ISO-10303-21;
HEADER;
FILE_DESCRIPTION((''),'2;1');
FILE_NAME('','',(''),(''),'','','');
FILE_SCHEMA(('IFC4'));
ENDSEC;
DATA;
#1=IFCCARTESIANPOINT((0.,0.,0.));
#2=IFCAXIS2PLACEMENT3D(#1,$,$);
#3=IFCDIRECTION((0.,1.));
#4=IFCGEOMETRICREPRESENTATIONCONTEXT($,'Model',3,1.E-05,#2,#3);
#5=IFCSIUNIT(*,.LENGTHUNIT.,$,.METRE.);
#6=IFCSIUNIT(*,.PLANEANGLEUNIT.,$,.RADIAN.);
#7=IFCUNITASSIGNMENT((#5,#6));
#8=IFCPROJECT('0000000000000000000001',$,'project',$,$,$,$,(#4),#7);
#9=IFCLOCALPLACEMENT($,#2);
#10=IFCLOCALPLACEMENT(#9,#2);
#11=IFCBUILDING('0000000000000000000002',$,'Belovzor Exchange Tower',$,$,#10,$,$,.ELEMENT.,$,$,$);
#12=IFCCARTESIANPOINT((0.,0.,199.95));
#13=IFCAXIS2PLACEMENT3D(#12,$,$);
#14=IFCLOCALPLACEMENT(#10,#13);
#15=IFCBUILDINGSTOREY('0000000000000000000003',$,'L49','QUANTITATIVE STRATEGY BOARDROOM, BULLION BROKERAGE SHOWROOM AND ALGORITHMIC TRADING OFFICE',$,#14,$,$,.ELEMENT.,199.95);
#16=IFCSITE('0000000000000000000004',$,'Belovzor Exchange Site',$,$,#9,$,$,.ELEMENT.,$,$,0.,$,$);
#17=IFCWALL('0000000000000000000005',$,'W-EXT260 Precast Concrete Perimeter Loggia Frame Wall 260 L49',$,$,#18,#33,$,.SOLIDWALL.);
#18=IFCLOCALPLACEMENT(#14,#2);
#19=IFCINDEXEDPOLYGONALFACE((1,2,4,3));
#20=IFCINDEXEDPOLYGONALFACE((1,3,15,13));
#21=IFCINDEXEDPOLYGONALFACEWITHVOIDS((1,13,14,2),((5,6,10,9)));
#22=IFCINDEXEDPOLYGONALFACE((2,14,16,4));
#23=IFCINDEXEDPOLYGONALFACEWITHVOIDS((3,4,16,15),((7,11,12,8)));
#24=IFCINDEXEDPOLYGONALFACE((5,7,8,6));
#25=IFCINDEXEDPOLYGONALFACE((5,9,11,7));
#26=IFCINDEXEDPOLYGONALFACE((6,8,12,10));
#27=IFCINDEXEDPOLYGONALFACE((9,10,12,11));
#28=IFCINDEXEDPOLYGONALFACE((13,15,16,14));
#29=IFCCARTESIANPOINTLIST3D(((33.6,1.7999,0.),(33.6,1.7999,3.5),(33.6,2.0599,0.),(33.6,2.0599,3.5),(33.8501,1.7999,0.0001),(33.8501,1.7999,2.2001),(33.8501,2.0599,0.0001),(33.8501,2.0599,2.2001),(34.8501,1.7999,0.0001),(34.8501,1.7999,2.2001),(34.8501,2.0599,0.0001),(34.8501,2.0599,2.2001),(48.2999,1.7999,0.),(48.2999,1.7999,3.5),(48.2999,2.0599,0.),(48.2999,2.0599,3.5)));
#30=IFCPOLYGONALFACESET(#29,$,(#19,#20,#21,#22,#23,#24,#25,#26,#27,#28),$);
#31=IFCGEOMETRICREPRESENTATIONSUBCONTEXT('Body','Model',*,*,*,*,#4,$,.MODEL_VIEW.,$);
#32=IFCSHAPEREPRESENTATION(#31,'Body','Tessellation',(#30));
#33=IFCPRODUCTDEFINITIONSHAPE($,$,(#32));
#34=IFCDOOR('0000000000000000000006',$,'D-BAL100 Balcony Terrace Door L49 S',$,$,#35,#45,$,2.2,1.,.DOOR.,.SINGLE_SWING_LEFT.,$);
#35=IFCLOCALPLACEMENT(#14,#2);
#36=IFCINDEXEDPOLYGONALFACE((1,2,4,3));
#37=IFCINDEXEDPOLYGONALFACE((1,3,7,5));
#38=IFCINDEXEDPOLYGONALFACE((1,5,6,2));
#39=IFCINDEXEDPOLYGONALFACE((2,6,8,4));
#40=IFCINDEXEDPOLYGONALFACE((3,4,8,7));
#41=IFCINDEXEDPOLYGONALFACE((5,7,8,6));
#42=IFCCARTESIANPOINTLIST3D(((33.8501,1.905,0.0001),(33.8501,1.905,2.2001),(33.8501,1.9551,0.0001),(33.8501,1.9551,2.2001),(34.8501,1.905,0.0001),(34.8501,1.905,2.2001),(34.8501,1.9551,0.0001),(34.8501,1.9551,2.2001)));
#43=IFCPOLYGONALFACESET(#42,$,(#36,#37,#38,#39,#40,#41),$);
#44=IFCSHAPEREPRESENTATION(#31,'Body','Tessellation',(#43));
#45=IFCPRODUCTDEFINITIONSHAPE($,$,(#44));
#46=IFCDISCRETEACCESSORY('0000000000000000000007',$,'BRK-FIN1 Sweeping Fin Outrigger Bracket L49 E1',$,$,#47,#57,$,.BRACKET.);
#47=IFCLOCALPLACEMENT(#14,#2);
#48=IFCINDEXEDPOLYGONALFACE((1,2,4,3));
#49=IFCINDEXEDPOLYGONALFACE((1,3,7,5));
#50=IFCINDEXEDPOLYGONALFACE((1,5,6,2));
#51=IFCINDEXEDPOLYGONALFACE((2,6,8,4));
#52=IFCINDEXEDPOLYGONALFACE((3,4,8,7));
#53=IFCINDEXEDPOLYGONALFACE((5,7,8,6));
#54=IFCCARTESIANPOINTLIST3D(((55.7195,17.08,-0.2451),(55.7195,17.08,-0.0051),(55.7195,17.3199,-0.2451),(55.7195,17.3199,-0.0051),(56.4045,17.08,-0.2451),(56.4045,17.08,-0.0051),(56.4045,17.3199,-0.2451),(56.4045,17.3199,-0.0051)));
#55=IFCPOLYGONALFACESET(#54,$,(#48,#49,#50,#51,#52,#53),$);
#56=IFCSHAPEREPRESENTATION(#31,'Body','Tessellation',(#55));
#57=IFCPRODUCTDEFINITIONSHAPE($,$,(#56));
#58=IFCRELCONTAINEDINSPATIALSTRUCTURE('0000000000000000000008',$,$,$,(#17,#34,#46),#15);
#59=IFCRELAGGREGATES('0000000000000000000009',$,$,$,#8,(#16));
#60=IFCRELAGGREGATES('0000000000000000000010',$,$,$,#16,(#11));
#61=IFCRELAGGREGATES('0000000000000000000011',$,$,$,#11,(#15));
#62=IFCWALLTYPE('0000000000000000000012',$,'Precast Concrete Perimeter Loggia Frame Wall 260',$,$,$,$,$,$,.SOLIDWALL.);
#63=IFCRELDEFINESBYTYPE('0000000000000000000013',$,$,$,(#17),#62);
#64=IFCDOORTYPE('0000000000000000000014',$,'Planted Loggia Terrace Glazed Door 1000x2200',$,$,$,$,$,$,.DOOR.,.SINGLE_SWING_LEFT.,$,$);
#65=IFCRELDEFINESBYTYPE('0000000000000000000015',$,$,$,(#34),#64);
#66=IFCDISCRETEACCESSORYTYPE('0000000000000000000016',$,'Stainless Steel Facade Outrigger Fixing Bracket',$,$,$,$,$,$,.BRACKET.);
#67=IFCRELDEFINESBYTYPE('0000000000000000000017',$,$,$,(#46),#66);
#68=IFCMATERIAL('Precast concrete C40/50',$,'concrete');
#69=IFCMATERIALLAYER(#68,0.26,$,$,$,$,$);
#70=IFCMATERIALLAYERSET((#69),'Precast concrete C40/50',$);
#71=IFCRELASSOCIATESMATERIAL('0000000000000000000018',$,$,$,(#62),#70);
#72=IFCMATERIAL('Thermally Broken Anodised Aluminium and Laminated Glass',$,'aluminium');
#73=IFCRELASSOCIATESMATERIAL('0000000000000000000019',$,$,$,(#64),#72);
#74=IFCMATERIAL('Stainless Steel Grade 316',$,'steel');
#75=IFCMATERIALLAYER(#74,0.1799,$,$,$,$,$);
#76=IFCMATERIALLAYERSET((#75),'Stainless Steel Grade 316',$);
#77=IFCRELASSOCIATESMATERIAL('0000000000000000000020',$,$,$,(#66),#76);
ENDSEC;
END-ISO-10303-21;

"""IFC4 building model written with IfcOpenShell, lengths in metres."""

from ifc_helpers import new_model, si_unit, direction, frame, frame_2d, origin, origin_2d, place, context, subcontext, project, spatial, rectangle, extrude, material, layer, layer_set, type_object, element, fill, save


model = new_model("IFC4")

# Units and contexts
model_context = context("Model", 3, precision=1e-05, world=origin(), true_north=direction((0.0, 1.0)))
body_context = subcontext(model_context, "Body", "Model", "MODEL_VIEW")
ifc_project = project(units=[si_unit("LENGTHUNIT", "METRE"), si_unit("PLANEANGLEUNIT", "RADIAN")], contexts=[model_context])

# Site, building, storey
site_placement = place(None, origin())
site = spatial("IfcSite", under=ifc_project, at=site_placement, Name="Belovzor Exchange Site", CompositionType="ELEMENT", RefElevation=0.0)
building_placement = place(site_placement, origin())
building = spatial("IfcBuilding", under=site, at=building_placement, Name="Belovzor Exchange Tower", CompositionType="ELEMENT")
storey_placement = place(building_placement, frame((0.0, 0.0, 199.95)))
storey = spatial("IfcBuildingStorey", under=building, at=storey_placement, Name="L49", Description="QUANTITATIVE STRATEGY BOARDROOM, BULLION BROKERAGE SHOWROOM AND ALGORITHMIC TRADING OFFICE", CompositionType="ELEMENT", Elevation=199.95)

# Wall, opening, door
ifc_material_1 = material(Name="Precast concrete C40/50", Category="concrete")
ifc_layer_1 = layer(ifc_material_1, 0.26)
ifc_layer_set_1 = layer_set([ifc_layer_1], Name="Precast concrete C40/50")
wall_type_1 = type_object("IfcWallType", Name="Precast Concrete Perimeter Loggia Frame Wall 260", PredefinedType="SOLIDWALL", material=ifc_layer_set_1)
wall_1_placement = place(storey_placement, frame((48.3, 1.9299, 0.0), z_axis=(0.0, 0.0, 1.0), x_axis=(-1.0, 0.0, 0.0)))
wall_1 = element("IfcWall", 1, at=wall_1_placement, inside=storey, type_object=wall_type_1, Name="W-EXT260 Precast Concrete Perimeter Loggia Frame Wall 260 L49", PredefinedType="SOLIDWALL", context=body_context, shape_type="SweptSolid", body=[
    extrude(rectangle(XDim=14.7, YDim=0.26, at=frame_2d((7.3501, 0.0))), origin(), (0.0, 0.0, 1.0), 3.5),
])
opening_1_placement = place(wall_1_placement, frame((13.45, 0.0, 0.0)))
opening_1 = element("IfcOpeningElement", 2, at=opening_1_placement, cuts=wall_1, PredefinedType="OPENING", context=body_context, shape_type="SweptSolid", body=[
    extrude(rectangle(XDim=1.0, YDim=2.2, at=frame_2d((0.5, 1.1001))), frame((0.0, 0.1399, 0.0), z_axis=(0.0, -1.0, 0.0), x_axis=(1.0, 0.0, 0.0)), (0.0, 0.0, 1.0), 0.28),
])
ifc_material_2 = material(Name="Thermally Broken Anodised Aluminium and Laminated Glass", Category="aluminium")
door_type = type_object("IfcDoorType", Name="Planted Loggia Terrace Glazed Door 1000x2200", OperationType="SINGLE_SWING_LEFT", PredefinedType="DOOR", material=ifc_material_2)
door_placement = place(opening_1_placement, origin())
door = element("IfcDoor", 3, at=door_placement, inside=storey, type_object=door_type, Name="D-BAL100 Balcony Terrace Door L49 S", OperationType="SINGLE_SWING_LEFT", OverallHeight=2.2, OverallWidth=1.0, PredefinedType="DOOR", context=body_context, shape_type="SweptSolid", body=[
    extrude(rectangle(XDim=1.0, YDim=2.2, at=frame_2d((0.5, 1.1001))), frame((0.0, 0.0249, 0.0), z_axis=(0.0, -1.0, 0.0), x_axis=(1.0, 0.0, 0.0)), (0.0, 0.0, 1.0), 0.05),
])
fill(opening_1, door)

# Discrete accessory
ifc_material_3 = material(Name="Stainless Steel Grade 316", Category="steel")
ifc_layer_2 = layer(ifc_material_3, 0.1799)
ifc_layer_set_2 = layer_set([ifc_layer_2], Name="Stainless Steel Grade 316")
discrete_accessory_type = type_object("IfcDiscreteAccessoryType", Name="Stainless Steel Facade Outrigger Fixing Bracket", PredefinedType="BRACKET", material=ifc_layer_set_2)
discrete_accessory_placement = place(storey_placement, frame((56.062, 17.2, -0.2451), z_axis=(0.0, 0.0, 1.0), x_axis=(1.0, 0.0, 0.0)))
element("IfcDiscreteAccessory", 4, at=discrete_accessory_placement, inside=storey, type_object=discrete_accessory_type, Name="BRK-FIN1 Sweeping Fin Outrigger Bracket L49 E1", PredefinedType="BRACKET", context=body_context, shape_type="SweptSolid", body=[
    extrude(rectangle(XDim=0.6851, YDim=0.24, at=origin_2d()), origin(), (0.0, 0.0, 1.0), 0.24),
])

save(model, "model.ifc")
